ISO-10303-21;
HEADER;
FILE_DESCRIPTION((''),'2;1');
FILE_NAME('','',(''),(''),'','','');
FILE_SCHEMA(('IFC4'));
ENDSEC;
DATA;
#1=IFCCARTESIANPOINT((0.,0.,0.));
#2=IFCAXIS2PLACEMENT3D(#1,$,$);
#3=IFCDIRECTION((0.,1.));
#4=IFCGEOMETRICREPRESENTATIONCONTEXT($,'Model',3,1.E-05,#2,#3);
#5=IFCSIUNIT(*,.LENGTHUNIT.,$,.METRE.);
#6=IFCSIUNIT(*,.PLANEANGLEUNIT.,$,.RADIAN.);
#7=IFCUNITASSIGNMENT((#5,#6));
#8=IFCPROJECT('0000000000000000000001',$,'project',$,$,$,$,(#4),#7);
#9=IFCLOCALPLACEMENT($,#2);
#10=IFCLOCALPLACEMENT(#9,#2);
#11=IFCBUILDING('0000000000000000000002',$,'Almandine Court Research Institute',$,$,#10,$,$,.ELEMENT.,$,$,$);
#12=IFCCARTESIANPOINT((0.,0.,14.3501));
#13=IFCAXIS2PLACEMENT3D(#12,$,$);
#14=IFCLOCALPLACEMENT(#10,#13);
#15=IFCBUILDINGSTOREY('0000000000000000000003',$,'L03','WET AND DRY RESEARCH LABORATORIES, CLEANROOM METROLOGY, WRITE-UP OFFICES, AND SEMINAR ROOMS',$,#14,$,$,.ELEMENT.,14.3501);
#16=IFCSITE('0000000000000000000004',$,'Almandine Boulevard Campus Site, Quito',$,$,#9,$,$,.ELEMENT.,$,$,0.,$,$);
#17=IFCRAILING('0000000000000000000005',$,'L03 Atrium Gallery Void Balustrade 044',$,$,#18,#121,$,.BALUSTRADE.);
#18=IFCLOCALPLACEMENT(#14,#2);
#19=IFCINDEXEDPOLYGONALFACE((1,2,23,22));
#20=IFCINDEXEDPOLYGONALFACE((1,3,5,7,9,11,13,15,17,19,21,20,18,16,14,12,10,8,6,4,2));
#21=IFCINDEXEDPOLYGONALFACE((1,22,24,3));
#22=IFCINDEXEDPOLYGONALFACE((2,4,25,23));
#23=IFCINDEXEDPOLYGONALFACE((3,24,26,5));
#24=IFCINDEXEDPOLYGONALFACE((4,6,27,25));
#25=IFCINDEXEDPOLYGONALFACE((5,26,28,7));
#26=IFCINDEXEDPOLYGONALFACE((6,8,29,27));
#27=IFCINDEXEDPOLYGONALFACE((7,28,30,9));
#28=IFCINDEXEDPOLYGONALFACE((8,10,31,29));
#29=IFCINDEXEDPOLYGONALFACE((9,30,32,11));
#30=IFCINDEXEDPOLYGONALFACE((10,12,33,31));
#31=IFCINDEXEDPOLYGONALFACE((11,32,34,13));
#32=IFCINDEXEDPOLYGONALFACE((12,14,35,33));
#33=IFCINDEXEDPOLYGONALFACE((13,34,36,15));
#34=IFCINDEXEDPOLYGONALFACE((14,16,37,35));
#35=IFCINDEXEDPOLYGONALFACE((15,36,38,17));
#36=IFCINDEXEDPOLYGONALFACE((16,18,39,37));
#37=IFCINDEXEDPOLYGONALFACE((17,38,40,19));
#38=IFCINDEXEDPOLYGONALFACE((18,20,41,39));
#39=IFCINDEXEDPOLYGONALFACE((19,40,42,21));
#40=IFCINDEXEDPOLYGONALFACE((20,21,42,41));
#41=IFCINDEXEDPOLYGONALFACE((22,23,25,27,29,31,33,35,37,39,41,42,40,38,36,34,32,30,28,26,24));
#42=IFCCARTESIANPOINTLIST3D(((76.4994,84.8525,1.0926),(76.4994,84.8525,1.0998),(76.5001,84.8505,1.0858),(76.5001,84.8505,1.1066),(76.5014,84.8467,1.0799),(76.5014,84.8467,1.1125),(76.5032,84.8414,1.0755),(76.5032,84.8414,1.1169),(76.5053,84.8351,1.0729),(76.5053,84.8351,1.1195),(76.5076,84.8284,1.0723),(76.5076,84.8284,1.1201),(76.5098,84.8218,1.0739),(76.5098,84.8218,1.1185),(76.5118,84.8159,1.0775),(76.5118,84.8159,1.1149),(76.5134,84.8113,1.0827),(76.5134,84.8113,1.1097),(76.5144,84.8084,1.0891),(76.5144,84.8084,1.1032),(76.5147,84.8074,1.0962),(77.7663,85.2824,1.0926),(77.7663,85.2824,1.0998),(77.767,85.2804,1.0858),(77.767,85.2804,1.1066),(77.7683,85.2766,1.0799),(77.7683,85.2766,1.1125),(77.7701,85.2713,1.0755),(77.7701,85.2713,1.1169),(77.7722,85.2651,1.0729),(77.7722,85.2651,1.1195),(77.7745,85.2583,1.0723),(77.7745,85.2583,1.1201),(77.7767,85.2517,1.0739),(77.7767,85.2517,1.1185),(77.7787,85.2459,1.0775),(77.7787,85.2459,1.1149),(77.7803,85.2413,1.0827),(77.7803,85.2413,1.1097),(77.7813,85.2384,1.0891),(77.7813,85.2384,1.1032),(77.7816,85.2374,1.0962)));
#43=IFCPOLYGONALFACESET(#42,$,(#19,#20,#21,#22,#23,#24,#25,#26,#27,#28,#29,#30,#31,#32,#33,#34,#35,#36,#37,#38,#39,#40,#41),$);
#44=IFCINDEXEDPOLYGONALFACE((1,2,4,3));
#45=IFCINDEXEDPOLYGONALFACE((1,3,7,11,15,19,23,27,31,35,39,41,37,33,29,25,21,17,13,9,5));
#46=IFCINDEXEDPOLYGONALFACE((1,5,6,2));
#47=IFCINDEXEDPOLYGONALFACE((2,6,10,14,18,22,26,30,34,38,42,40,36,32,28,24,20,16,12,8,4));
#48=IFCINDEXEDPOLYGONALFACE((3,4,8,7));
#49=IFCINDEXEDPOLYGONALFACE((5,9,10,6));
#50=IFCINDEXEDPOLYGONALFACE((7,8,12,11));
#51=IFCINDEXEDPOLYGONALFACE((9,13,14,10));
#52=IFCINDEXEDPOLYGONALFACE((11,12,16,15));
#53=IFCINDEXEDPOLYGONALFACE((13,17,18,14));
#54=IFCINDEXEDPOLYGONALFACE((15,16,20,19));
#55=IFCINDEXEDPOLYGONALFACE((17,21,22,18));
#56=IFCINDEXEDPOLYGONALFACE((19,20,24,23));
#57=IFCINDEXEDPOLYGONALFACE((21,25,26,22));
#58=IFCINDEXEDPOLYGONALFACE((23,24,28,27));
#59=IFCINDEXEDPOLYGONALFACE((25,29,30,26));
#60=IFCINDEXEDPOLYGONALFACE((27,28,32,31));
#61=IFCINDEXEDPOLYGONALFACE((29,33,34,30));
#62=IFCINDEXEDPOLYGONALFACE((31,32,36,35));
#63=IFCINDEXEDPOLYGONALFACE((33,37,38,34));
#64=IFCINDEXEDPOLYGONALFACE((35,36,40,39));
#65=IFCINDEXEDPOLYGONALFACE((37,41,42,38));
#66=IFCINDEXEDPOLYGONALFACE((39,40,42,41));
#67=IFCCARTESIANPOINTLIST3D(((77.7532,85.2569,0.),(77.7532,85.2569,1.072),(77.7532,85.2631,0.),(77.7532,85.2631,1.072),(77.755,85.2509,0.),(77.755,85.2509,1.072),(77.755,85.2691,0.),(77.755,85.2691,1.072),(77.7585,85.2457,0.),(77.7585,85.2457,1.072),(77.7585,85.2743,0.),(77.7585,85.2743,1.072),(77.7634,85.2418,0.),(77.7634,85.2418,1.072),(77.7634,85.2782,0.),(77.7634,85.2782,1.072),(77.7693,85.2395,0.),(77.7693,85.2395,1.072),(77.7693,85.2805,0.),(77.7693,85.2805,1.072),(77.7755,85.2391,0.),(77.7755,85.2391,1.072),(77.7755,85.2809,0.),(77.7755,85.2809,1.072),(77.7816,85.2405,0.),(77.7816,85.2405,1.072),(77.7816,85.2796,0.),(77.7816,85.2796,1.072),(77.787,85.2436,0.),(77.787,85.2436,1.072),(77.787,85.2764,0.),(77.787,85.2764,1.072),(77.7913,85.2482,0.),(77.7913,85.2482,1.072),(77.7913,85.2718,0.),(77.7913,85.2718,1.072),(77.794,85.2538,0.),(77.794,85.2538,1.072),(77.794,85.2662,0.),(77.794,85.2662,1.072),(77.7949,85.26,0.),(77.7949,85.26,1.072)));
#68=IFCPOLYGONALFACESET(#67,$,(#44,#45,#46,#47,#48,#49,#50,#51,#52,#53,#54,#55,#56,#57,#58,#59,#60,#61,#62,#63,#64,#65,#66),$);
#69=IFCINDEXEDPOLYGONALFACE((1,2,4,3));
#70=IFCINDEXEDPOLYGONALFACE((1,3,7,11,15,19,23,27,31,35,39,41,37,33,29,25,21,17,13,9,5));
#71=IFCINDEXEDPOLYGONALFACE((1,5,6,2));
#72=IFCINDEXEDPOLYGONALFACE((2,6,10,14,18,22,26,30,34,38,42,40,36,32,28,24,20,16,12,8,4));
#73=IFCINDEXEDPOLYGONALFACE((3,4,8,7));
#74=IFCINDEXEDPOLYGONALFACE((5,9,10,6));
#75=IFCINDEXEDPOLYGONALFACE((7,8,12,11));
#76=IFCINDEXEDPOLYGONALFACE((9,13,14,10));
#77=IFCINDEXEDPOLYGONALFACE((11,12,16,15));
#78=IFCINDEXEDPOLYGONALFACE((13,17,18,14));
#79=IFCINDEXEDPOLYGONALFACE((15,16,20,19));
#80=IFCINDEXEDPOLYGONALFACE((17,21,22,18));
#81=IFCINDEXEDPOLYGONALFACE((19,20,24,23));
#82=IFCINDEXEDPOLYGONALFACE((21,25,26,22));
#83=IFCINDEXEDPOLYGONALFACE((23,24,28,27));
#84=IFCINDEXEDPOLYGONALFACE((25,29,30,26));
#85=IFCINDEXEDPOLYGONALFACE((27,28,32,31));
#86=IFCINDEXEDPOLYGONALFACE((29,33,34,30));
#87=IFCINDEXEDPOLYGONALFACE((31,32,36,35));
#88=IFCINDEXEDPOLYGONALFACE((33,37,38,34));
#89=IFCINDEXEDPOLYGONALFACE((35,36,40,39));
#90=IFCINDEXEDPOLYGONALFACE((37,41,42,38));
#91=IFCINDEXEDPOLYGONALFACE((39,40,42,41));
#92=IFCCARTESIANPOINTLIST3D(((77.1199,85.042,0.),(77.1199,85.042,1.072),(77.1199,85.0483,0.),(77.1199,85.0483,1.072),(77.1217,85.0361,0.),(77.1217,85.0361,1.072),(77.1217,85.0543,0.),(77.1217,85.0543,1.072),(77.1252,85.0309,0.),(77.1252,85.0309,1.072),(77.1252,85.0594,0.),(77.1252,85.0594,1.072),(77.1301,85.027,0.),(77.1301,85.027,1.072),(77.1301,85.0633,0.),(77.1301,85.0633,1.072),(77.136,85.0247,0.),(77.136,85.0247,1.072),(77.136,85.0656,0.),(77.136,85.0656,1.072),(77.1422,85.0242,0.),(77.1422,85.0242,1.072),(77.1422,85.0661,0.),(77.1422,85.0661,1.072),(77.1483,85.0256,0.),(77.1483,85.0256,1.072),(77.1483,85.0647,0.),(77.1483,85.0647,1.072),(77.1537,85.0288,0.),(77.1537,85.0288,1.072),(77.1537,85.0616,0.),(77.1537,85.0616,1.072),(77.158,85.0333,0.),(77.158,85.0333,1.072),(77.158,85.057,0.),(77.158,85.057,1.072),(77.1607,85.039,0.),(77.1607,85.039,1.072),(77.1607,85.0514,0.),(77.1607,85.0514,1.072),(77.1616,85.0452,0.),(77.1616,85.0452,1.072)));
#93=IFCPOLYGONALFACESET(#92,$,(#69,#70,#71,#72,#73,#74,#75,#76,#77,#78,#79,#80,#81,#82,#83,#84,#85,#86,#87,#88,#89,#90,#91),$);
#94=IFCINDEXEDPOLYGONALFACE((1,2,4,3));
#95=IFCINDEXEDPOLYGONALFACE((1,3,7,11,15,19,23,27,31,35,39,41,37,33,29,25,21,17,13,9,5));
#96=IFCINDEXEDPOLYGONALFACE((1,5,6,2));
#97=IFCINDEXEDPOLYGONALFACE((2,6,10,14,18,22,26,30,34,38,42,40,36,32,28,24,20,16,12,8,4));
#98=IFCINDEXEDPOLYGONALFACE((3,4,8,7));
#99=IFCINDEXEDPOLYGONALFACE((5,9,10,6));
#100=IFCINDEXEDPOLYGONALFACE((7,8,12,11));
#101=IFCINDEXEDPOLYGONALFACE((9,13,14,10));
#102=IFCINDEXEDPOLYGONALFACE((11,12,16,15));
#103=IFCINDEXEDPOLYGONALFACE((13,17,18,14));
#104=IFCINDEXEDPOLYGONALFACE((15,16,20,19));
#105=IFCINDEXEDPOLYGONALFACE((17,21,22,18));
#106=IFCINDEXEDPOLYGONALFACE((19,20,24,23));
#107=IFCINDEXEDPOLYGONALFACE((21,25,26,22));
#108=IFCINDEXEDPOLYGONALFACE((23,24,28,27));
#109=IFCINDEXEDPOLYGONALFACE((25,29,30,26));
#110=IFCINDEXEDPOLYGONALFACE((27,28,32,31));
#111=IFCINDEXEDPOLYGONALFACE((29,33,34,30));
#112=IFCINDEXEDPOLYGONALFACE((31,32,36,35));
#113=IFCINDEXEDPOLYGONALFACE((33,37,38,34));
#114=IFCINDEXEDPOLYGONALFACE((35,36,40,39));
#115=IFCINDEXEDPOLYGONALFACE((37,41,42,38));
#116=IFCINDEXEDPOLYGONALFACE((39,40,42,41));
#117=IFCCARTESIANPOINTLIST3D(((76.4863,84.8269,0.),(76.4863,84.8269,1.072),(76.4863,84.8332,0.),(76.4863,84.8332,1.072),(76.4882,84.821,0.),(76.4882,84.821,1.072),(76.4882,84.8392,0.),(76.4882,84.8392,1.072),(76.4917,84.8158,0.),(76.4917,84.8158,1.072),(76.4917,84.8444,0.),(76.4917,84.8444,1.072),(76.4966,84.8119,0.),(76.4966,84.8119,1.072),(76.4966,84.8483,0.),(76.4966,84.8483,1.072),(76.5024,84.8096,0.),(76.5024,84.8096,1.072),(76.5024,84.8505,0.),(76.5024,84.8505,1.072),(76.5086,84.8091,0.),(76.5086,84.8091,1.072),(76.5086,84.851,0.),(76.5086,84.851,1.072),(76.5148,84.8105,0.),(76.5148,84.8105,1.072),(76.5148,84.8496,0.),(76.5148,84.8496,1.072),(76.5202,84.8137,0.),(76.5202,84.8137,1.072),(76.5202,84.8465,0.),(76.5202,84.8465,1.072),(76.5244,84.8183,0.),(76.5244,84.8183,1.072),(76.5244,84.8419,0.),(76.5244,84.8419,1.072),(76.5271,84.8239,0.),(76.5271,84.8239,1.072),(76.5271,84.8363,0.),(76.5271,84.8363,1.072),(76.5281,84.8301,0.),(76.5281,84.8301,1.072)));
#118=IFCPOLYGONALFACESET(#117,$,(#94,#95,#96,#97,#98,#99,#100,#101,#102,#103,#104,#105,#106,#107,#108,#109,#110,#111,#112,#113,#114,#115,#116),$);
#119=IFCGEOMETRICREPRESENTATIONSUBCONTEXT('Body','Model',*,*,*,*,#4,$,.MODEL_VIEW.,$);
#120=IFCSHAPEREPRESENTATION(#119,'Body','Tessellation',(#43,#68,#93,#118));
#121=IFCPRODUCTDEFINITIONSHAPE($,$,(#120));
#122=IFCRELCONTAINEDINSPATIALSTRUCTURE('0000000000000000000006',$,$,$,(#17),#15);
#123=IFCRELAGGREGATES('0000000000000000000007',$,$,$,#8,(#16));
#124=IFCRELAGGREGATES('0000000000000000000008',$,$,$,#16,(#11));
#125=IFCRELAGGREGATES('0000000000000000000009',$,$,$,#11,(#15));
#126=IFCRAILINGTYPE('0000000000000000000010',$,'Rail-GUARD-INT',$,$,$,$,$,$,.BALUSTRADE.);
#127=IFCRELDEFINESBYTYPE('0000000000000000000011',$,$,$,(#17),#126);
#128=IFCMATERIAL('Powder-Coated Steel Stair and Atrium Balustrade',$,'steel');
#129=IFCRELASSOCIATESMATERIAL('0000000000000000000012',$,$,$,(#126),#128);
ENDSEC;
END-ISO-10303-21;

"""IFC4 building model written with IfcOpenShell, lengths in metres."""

from ifc_helpers import new_model, si_unit, direction, frame, origin, origin_2d, place, context, subcontext, project, spatial, circle, extrude, material, type_object, element, save


model = new_model("IFC4")

# Units and contexts
model_context = context("Model", 3, precision=1e-05, world=origin(), true_north=direction((0.0, 1.0)))
body_context = subcontext(model_context, "Body", "Model", "MODEL_VIEW")
ifc_project = project(units=[si_unit("LENGTHUNIT", "METRE"), si_unit("PLANEANGLEUNIT", "RADIAN")], contexts=[model_context])

# Site, building, storey
site_placement = place(None, origin())
site = spatial("IfcSite", under=ifc_project, at=site_placement, Name="Almandine Boulevard Campus Site, Quito", CompositionType="ELEMENT", RefElevation=0.0)
building_placement = place(site_placement, origin())
building = spatial("IfcBuilding", under=site, at=building_placement, Name="Almandine Court Research Institute", CompositionType="ELEMENT")
storey_placement = place(building_placement, frame((0.0, 0.0, 14.3501)))
storey = spatial("IfcBuildingStorey", under=building, at=storey_placement, Name="L03", Description="WET AND DRY RESEARCH LABORATORIES, CLEANROOM METROLOGY, WRITE-UP OFFICES, AND SEMINAR ROOMS", CompositionType="ELEMENT", Elevation=14.3501)

# Railing
ifc_material_1 = material(Name="Powder-Coated Steel Stair and Atrium Balustrade", Category="steel")
railing_type = type_object("IfcRailingType", Name="Rail-GUARD-INT", PredefinedType="BALUSTRADE", material=ifc_material_1)
railing_1_placement = place(storey_placement, frame((77.7739, 85.26, 0.0)))
element("IfcRailing", 1, at=railing_1_placement, inside=storey, type_object=railing_type, Name="L03 Atrium Gallery Void Balustrade 044", PredefinedType="BALUSTRADE", context=body_context, shape_type="SweptSolid", body=[
    extrude(circle(Radius=0.0239, at=origin_2d()), frame((0.0, 0.0, 1.0962), z_axis=(-0.946954, -0.321369, 0.0), x_axis=(0.321369, -0.946954, 0.0)), (0.0, 0.0, 1.0), 1.3379),
    extrude(circle(Radius=0.021, at=origin_2d()), origin(), (0.0, 0.0, 1.0), 1.072),
    extrude(circle(Radius=0.021, at=origin_2d()), frame((-0.6333, -0.2148, 0.0)), (0.0, 0.0, 1.0), 1.072),
    extrude(circle(Radius=0.021, at=origin_2d()), frame((-1.2668, -0.4299, 0.0)), (0.0, 0.0, 1.0), 1.072),
])

save(model, "model.ifc")
